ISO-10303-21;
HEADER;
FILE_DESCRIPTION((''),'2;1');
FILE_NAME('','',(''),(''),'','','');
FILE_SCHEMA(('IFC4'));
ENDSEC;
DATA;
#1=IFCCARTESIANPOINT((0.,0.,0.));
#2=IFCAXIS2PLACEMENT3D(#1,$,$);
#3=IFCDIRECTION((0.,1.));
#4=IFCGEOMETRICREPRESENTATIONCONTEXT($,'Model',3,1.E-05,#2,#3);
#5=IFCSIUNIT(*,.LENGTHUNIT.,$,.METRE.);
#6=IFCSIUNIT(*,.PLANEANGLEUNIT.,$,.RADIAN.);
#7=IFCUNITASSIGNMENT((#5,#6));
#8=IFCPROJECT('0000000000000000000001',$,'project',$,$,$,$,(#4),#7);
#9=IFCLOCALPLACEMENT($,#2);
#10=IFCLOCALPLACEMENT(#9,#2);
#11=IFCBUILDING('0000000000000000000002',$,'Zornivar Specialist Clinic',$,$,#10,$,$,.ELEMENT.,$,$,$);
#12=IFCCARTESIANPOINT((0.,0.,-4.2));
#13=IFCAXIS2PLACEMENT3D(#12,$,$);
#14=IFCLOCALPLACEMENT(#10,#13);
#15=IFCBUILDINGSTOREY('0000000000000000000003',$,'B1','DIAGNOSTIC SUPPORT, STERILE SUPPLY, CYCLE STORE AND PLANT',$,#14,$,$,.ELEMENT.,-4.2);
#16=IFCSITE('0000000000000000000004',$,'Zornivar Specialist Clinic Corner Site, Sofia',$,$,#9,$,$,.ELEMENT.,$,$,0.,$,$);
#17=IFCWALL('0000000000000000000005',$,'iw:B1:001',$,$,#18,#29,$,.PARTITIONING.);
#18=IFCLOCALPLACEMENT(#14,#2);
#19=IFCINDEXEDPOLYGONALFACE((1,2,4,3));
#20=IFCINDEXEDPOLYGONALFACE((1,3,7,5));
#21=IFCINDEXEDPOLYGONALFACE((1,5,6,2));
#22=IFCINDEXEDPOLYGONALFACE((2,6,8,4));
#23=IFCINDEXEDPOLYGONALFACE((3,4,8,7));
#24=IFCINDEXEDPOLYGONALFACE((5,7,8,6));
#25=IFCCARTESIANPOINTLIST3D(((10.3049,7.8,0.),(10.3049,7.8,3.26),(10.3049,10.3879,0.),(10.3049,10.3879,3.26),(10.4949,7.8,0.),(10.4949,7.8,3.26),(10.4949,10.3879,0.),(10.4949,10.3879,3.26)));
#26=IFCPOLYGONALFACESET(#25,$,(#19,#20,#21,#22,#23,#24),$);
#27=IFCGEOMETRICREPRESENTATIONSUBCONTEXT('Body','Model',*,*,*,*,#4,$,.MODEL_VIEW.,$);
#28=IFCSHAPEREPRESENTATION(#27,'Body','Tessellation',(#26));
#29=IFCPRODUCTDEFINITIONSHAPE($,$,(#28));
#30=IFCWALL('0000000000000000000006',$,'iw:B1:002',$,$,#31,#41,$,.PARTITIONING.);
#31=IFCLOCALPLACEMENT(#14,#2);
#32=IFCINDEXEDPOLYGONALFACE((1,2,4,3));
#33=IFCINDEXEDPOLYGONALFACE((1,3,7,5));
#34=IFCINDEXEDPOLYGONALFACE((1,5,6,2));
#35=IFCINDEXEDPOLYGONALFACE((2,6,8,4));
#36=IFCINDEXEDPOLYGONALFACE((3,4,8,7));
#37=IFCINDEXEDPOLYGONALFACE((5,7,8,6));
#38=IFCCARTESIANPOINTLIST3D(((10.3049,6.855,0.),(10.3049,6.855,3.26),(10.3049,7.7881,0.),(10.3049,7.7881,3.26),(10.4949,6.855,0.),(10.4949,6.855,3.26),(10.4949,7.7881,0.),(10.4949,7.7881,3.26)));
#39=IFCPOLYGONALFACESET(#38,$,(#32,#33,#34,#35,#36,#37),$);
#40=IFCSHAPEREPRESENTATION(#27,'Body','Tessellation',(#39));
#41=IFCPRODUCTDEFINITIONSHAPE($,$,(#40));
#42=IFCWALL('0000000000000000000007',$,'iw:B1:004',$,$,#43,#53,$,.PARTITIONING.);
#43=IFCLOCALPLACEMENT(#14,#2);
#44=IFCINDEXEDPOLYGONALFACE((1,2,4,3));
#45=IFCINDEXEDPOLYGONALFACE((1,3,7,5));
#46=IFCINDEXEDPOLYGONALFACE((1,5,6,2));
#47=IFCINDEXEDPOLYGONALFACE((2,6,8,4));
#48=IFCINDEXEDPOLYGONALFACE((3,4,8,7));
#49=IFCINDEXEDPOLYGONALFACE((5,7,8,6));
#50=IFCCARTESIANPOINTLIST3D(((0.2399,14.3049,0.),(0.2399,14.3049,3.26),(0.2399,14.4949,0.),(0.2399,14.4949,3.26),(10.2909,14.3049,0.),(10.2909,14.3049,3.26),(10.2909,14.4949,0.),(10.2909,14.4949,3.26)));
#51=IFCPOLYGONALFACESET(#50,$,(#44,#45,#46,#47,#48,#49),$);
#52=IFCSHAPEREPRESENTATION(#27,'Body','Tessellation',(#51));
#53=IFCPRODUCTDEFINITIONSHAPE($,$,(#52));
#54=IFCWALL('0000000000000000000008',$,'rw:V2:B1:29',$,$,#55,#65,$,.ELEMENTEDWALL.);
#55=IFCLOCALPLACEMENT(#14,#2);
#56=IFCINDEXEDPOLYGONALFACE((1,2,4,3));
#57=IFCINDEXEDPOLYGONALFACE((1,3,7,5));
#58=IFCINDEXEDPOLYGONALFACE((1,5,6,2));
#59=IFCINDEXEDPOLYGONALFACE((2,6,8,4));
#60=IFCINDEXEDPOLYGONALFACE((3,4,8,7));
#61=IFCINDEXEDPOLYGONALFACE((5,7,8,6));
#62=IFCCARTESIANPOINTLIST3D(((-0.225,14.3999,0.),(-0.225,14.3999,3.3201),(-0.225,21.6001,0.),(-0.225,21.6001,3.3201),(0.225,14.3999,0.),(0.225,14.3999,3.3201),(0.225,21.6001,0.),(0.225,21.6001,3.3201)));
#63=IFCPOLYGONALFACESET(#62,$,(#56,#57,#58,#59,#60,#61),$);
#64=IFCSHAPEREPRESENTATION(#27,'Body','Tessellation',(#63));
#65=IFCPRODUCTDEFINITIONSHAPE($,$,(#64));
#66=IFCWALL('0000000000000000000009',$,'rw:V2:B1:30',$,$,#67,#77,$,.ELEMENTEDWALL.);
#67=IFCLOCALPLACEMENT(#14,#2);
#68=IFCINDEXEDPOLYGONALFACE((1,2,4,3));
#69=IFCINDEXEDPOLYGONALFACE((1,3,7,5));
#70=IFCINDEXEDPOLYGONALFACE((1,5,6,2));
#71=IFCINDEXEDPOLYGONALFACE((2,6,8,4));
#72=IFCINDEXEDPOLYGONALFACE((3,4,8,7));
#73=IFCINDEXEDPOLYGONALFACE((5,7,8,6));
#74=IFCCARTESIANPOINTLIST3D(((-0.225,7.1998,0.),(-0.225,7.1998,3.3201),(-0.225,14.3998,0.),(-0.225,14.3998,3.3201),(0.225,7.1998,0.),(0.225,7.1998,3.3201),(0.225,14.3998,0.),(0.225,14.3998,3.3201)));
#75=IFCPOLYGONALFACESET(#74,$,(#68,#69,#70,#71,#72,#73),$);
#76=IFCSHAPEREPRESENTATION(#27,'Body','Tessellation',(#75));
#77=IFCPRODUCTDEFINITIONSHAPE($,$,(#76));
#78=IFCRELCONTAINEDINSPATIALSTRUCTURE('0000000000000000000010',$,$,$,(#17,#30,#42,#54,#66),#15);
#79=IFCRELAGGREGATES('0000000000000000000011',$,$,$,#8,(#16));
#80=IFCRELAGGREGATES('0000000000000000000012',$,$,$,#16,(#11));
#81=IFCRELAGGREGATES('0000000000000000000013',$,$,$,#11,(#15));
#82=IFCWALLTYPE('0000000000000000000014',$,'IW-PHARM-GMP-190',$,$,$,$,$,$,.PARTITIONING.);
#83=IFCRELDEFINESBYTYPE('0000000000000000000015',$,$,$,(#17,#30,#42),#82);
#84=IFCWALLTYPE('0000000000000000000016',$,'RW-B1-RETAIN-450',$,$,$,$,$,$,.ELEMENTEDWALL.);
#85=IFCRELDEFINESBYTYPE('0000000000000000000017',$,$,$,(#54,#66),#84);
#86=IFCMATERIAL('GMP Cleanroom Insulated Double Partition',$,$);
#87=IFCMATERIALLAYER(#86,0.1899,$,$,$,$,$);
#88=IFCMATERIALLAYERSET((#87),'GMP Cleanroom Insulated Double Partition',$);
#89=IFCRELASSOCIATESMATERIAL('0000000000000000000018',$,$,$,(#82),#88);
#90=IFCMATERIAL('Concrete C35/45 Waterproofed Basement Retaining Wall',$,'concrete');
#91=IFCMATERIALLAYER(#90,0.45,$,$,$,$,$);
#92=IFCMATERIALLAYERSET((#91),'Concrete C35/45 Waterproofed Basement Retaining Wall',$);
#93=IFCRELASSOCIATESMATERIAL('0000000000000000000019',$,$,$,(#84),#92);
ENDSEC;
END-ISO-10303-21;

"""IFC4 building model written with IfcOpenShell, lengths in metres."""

from ifc_helpers import new_model, si_unit, direction, frame, frame_2d, origin, place, context, subcontext, project, spatial, rectangle, extrude, material, layer, layer_set, type_object, element, save


model = new_model("IFC4")

# Units and contexts
model_context = context("Model", 3, precision=1e-05, world=origin(), true_north=direction((0.0, 1.0)))
body_context = subcontext(model_context, "Body", "Model", "MODEL_VIEW")
ifc_project = project(units=[si_unit("LENGTHUNIT", "METRE"), si_unit("PLANEANGLEUNIT", "RADIAN")], contexts=[model_context])

# Site, building, storey
site_placement = place(None, origin())
site = spatial("IfcSite", under=ifc_project, at=site_placement, Name="Zornivar Specialist Clinic Corner Site, Sofia", CompositionType="ELEMENT", RefElevation=0.0)
building_placement = place(site_placement, origin())
building = spatial("IfcBuilding", under=site, at=building_placement, Name="Zornivar Specialist Clinic", CompositionType="ELEMENT")
storey_placement = place(building_placement, frame((0.0, 0.0, -4.2)))
storey = spatial("IfcBuildingStorey", under=building, at=storey_placement, Name="B1", Description="DIAGNOSTIC SUPPORT, STERILE SUPPLY, CYCLE STORE AND PLANT", CompositionType="ELEMENT", Elevation=-4.2)

# Walls
ifc_material_1 = material(Name="GMP Cleanroom Insulated Double Partition")
ifc_layer_1 = layer(ifc_material_1, 0.1899)
ifc_layer_set_1 = layer_set([ifc_layer_1], Name="GMP Cleanroom Insulated Double Partition")
wall_type_1 = type_object("IfcWallType", Name="IW-PHARM-GMP-190", PredefinedType="PARTITIONING", material=ifc_layer_set_1)
wall_1_placement = place(storey_placement, frame((10.3999, 10.3879, 0.0), z_axis=(0.0, 0.0, 1.0), x_axis=(0.0, -1.0, 0.0)))
element("IfcWall", 1, at=wall_1_placement, inside=storey, type_object=wall_type_1, Name="iw:B1:001", PredefinedType="PARTITIONING", context=body_context, shape_type="SweptSolid", body=[
    extrude(rectangle(XDim=2.5879, YDim=0.1899, at=frame_2d((1.2939, 0.0))), origin(), (0.0, 0.0, 1.0), 3.26),
])
wall_2_placement = place(storey_placement, frame((10.3999, 7.7881, 0.0), z_axis=(0.0, 0.0, 1.0), x_axis=(0.0, -1.0, 0.0)))
element("IfcWall", 2, at=wall_2_placement, inside=storey, type_object=wall_type_1, Name="iw:B1:002", PredefinedType="PARTITIONING", context=body_context, shape_type="SweptSolid", body=[
    extrude(rectangle(XDim=0.9331, YDim=0.1899, at=frame_2d((0.4666, 0.0))), origin(), (0.0, 0.0, 1.0), 3.26),
])
wall_3_placement = place(storey_placement, frame((0.24, 14.3999, 0.0), z_axis=(0.0, 0.0, 1.0), x_axis=(1.0, 0.0, 0.0)))
element("IfcWall", 3, at=wall_3_placement, inside=storey, type_object=wall_type_1, Name="iw:B1:004", PredefinedType="PARTITIONING", context=body_context, shape_type="SweptSolid", body=[
    extrude(rectangle(XDim=10.051, YDim=0.1899, at=frame_2d((5.0254, 0.0))), origin(), (0.0, 0.0, 1.0), 3.26),
])
ifc_material_2 = material(Name="Concrete C35/45 Waterproofed Basement Retaining Wall", Category="concrete")
ifc_layer_2 = layer(ifc_material_2, 0.45)
ifc_layer_set_2 = layer_set([ifc_layer_2], Name="Concrete C35/45 Waterproofed Basement Retaining Wall")
wall_type_2 = type_object("IfcWallType", Name="RW-B1-RETAIN-450", PredefinedType="ELEMENTEDWALL", material=ifc_layer_set_2)
wall_4_placement = place(storey_placement, frame((0.0, 21.6001, 0.0), z_axis=(0.0, 0.0, 1.0), x_axis=(0.0, -1.0, 0.0)))
element("IfcWall", 4, at=wall_4_placement, inside=storey, type_object=wall_type_2, Name="rw:V2:B1:29", PredefinedType="ELEMENTEDWALL", context=body_context, shape_type="SweptSolid", body=[
    extrude(rectangle(XDim=7.2002, YDim=0.45, at=frame_2d((3.6001, 0.0))), origin(), (0.0, 0.0, 1.0), 3.3201),
])
wall_5_placement = place(storey_placement, frame((0.0, 14.3999, 0.0), z_axis=(0.0, 0.0, 1.0), x_axis=(0.0, -1.0, 0.0)))
element("IfcWall", 5, at=wall_5_placement, inside=storey, type_object=wall_type_2, Name="rw:V2:B1:30", PredefinedType="ELEMENTEDWALL", context=body_context, shape_type="SweptSolid", body=[
    extrude(rectangle(XDim=7.2, YDim=0.45, at=frame_2d((3.6001, 0.0))), origin(), (0.0, 0.0, 1.0), 3.3201),
])

save(model, "model.ifc")
